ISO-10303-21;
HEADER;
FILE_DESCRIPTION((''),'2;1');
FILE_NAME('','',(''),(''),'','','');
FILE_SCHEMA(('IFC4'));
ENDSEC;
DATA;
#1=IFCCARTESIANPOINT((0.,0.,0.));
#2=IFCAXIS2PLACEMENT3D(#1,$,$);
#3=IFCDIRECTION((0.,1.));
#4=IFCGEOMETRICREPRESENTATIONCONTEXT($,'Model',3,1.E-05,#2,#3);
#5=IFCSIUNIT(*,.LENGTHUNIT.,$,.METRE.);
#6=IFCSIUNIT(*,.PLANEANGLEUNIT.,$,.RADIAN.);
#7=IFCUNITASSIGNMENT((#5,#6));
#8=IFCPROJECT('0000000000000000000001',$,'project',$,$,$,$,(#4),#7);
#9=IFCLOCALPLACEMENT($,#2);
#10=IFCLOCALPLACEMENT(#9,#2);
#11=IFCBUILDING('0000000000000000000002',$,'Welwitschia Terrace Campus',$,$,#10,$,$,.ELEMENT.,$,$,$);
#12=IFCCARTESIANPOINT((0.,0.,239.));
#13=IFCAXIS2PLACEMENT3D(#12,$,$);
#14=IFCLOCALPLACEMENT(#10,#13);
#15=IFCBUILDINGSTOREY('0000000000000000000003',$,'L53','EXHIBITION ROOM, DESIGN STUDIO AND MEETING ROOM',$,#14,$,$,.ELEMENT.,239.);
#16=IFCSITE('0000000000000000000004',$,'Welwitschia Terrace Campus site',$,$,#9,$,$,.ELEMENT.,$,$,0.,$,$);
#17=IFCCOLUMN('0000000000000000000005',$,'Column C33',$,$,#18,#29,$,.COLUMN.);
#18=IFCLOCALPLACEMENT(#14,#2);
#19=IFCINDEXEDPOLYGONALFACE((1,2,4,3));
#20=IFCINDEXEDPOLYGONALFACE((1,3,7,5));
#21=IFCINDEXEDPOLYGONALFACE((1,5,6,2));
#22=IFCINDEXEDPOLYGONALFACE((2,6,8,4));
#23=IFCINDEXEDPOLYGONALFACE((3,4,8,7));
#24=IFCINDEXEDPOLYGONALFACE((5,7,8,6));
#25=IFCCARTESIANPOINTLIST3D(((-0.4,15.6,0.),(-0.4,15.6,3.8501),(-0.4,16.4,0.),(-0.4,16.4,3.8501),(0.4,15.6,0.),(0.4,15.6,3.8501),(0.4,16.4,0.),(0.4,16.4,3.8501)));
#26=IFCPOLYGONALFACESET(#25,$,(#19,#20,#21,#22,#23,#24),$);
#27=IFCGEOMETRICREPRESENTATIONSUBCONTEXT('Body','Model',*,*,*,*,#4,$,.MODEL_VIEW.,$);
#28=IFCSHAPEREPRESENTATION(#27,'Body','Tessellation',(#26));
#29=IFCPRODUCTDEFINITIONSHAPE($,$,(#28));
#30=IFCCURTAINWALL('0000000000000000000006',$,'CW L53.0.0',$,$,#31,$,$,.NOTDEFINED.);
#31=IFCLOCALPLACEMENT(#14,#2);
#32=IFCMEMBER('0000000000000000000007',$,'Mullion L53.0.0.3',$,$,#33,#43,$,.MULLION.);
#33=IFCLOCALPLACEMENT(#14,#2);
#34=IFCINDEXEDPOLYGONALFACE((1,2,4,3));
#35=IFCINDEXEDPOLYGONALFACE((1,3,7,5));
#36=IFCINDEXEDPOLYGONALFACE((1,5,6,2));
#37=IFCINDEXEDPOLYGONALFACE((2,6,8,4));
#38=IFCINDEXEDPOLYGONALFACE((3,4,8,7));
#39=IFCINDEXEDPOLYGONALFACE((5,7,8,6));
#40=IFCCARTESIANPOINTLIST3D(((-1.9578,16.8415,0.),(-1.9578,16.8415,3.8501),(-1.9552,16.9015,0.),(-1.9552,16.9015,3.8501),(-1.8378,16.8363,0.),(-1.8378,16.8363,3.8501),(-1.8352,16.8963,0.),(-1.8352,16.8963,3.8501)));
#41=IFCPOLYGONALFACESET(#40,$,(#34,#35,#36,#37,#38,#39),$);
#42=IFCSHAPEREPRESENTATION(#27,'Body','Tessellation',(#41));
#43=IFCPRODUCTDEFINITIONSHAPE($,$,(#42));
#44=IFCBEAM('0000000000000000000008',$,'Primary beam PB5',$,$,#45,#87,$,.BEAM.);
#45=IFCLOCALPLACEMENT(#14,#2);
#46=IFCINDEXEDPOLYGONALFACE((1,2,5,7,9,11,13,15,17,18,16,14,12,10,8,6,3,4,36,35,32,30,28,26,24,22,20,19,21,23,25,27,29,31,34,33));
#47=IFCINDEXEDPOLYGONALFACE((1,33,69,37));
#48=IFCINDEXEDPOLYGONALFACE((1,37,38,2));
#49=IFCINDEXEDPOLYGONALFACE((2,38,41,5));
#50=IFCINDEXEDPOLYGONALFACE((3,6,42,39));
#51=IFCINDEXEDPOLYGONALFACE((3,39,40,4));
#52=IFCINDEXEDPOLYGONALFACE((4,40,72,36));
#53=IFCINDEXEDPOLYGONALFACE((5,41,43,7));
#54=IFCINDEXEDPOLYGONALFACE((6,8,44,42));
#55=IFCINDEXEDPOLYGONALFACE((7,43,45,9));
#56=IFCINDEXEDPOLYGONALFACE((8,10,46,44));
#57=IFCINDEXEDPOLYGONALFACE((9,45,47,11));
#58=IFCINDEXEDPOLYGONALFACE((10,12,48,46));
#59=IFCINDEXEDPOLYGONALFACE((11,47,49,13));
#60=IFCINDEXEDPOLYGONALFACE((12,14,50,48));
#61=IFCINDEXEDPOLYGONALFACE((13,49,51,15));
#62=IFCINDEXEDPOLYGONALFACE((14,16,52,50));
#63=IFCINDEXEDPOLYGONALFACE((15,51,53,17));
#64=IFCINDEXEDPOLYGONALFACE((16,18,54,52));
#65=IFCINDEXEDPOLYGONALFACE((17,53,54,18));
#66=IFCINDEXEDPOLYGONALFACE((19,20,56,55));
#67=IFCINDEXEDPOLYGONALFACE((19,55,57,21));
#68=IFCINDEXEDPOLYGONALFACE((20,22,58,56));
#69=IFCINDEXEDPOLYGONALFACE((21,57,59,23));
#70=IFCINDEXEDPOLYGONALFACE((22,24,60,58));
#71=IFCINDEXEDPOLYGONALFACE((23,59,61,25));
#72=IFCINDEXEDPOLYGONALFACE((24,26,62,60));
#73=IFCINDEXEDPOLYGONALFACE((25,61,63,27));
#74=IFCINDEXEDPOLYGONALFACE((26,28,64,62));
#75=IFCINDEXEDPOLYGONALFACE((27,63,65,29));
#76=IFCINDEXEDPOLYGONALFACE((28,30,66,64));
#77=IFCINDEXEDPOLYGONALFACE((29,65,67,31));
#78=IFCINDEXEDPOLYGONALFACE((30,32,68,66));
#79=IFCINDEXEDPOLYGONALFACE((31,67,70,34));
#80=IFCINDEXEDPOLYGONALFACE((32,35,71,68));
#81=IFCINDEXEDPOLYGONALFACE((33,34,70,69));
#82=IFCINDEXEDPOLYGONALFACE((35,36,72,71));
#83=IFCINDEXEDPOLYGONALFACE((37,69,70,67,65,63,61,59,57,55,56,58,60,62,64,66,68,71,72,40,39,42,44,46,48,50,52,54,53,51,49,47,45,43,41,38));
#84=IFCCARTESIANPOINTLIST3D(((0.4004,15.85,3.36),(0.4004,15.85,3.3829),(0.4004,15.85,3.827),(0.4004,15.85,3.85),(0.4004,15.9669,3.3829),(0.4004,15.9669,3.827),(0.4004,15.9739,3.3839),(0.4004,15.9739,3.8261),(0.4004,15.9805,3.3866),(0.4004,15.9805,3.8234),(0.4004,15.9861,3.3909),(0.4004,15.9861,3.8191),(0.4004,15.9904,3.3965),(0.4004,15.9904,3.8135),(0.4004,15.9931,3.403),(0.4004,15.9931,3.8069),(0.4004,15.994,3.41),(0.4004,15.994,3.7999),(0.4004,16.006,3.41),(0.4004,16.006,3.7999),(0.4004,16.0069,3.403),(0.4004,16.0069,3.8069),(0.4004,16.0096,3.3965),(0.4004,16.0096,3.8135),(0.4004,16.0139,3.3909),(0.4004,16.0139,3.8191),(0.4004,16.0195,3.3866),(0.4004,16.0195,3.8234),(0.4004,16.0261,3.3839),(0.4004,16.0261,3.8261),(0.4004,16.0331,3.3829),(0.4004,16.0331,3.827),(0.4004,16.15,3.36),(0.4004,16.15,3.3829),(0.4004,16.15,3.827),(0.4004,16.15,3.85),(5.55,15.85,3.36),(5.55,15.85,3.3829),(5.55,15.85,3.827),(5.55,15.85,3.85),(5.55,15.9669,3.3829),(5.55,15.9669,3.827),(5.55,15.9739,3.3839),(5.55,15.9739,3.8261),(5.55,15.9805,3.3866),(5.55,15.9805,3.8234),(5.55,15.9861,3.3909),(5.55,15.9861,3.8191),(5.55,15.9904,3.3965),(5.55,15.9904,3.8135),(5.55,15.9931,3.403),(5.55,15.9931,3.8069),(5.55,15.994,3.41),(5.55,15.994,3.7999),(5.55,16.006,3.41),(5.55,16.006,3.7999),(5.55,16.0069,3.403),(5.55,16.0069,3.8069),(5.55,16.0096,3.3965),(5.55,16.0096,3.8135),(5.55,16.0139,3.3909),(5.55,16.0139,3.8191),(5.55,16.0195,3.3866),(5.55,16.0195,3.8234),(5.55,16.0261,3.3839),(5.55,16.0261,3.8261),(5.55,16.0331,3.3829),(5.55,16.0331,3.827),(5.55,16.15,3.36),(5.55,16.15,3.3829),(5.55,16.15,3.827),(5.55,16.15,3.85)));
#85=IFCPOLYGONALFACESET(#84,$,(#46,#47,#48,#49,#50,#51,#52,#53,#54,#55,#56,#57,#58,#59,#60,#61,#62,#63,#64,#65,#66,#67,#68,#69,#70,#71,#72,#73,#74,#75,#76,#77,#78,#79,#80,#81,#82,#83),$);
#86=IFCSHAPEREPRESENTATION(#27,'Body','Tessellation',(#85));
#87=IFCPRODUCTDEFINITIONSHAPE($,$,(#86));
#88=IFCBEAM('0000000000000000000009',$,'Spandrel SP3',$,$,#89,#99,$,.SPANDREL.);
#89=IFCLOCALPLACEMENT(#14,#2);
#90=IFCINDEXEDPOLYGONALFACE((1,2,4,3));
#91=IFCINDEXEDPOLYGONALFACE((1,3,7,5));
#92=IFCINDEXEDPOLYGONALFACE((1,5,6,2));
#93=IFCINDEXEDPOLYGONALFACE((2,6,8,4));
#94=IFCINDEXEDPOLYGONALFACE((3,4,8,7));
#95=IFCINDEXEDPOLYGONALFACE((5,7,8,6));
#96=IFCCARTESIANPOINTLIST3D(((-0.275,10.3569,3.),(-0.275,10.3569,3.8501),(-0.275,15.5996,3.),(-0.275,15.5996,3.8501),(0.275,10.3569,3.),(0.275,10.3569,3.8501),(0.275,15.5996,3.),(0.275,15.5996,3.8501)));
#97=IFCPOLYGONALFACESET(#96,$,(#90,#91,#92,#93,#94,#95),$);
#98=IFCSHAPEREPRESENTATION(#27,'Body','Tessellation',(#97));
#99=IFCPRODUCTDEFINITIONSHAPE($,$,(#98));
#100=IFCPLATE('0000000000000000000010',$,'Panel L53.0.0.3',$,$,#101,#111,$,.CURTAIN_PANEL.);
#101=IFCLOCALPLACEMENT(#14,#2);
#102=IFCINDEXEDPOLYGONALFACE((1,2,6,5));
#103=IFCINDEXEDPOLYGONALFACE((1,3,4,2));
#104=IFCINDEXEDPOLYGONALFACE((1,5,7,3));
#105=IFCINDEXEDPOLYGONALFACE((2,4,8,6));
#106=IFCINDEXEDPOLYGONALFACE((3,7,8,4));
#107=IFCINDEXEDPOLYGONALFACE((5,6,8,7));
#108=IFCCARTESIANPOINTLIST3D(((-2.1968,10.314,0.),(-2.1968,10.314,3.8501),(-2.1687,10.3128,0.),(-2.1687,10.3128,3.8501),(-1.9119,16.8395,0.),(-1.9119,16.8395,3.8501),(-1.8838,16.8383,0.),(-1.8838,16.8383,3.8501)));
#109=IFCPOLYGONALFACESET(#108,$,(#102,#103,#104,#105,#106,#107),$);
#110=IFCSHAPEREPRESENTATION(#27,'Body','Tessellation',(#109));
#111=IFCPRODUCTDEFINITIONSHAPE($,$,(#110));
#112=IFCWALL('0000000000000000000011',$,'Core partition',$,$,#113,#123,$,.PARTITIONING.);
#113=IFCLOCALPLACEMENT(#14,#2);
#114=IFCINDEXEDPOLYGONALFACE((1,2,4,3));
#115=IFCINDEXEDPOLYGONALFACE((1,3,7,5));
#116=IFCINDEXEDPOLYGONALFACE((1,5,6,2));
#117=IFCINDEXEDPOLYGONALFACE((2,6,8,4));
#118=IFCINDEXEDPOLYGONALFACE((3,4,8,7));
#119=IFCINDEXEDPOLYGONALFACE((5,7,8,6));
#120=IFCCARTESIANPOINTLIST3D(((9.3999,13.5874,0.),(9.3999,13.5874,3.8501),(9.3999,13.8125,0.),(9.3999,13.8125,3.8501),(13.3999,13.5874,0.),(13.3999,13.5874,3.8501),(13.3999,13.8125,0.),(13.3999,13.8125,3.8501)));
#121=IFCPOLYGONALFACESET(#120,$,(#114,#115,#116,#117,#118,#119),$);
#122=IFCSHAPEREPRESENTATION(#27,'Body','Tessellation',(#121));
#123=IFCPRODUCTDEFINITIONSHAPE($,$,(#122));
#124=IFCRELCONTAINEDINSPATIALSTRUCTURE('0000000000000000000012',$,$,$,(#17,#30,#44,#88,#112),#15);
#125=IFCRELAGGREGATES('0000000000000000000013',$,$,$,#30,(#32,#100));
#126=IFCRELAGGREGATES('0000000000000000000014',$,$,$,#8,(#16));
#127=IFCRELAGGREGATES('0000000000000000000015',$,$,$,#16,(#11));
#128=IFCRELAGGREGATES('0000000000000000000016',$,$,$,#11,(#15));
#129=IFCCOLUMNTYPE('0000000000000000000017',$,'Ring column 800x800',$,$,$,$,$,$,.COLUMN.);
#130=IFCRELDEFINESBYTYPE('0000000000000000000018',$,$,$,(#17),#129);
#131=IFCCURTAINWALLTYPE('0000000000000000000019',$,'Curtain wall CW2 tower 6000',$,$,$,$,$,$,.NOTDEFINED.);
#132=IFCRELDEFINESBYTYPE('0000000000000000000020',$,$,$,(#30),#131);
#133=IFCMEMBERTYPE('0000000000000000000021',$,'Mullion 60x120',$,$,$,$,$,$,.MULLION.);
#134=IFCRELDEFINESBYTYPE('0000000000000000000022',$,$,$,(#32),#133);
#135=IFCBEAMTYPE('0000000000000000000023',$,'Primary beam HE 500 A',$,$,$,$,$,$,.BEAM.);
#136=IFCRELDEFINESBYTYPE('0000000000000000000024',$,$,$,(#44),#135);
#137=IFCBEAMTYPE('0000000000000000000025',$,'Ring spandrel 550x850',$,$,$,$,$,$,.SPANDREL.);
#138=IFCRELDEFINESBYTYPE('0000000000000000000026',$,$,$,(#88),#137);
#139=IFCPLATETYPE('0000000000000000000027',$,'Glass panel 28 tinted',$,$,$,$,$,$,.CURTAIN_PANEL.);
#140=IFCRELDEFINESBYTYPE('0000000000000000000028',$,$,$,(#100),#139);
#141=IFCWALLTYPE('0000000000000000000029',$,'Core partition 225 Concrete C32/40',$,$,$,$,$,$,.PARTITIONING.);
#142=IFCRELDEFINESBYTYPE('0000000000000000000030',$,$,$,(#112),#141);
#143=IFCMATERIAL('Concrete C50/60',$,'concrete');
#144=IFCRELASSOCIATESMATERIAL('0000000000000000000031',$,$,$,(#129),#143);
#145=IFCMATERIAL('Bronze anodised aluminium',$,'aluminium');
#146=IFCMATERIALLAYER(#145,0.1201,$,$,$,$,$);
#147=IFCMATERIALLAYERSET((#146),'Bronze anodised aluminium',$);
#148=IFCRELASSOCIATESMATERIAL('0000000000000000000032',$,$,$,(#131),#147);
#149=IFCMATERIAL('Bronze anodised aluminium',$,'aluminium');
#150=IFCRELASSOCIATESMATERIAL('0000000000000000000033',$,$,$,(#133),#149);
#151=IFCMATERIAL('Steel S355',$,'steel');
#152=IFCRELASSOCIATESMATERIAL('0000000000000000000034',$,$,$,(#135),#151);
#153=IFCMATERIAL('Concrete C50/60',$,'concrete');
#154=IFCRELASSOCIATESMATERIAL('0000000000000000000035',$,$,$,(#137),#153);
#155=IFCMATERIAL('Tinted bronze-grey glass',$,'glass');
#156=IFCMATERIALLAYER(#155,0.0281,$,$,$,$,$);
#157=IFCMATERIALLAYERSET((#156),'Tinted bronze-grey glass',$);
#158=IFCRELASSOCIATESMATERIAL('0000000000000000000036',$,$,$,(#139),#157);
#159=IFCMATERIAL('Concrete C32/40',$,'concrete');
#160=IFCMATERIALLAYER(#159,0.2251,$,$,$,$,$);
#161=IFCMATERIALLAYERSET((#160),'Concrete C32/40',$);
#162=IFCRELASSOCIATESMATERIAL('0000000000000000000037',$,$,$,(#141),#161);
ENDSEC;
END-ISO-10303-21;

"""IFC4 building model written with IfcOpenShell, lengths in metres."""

from ifc_helpers import new_model, si_unit, direction, frame, frame_2d, origin, origin_2d, place, context, subcontext, project, spatial, rectangle, i_section, extrude, material, layer, layer_set, material_profile, profile_set, type_object, element, aggregate, save


model = new_model("IFC4")

# Units and contexts
model_context = context("Model", 3, precision=1e-05, world=origin(), true_north=direction((0.0, 1.0)))
body_context = subcontext(model_context, "Body", "Model", "MODEL_VIEW")
ifc_project = project(units=[si_unit("LENGTHUNIT", "METRE"), si_unit("PLANEANGLEUNIT", "RADIAN")], contexts=[model_context])

# Site, building, storey
site_placement = place(None, origin())
site = spatial("IfcSite", under=ifc_project, at=site_placement, Name="Welwitschia Terrace Campus site", CompositionType="ELEMENT", RefElevation=0.0)
building_placement = place(site_placement, origin())
building = spatial("IfcBuilding", under=site, at=building_placement, Name="Welwitschia Terrace Campus", CompositionType="ELEMENT")
storey_placement = place(building_placement, frame((0.0, 0.0, 239.0)))
storey = spatial("IfcBuildingStorey", under=building, at=storey_placement, Name="L53", Description="EXHIBITION ROOM, DESIGN STUDIO AND MEETING ROOM", CompositionType="ELEMENT", Elevation=239.0)

# Column
ifc_material_1 = material(Name="Concrete C50/60", Category="concrete")
ifc_material_profile_1 = material_profile(ifc_material_1, rectangle(XDim=0.8, YDim=0.8, at=origin_2d()))
ifc_profile_set_1 = profile_set([ifc_material_profile_1], Name="Concrete C50/60")
column_type = type_object("IfcColumnType", Name="Ring column 800x800", PredefinedType="COLUMN", material=ifc_profile_set_1)
column_placement = place(storey_placement, frame((0.0, 16.0, 0.0), z_axis=(0.0, 0.0, 1.0), x_axis=(1.0, 0.0, 0.0)))
element("IfcColumn", 1, at=column_placement, inside=storey, type_object=column_type, Name="Column C33", PredefinedType="COLUMN", context=body_context, shape_type="SweptSolid", body=[
    extrude(rectangle(XDim=0.8, YDim=0.8, at=origin_2d()), origin(), (0.0, 0.0, 1.0), 3.8501),
])

# Curtain wall, member
ifc_material_2 = material(Name="Bronze anodised aluminium", Category="aluminium")
ifc_layer_1 = layer(ifc_material_2, 0.1201)
ifc_layer_set_1 = layer_set([ifc_layer_1], Name="Bronze anodised aluminium")
curtain_wall_type = type_object("IfcCurtainWallType", Name="Curtain wall CW2 tower 6000", PredefinedType="NOTDEFINED", material=ifc_layer_set_1)
curtain_wall_placement = place(storey_placement, origin())
curtain_wall = element("IfcCurtainWall", 2, at=curtain_wall_placement, inside=storey, type_object=curtain_wall_type, Name="CW L53.0.0", PredefinedType="NOTDEFINED")
ifc_material_3 = material(Name="Bronze anodised aluminium", Category="aluminium")
ifc_material_profile_2 = material_profile(ifc_material_3, rectangle(XDim=0.1201, YDim=0.0601, at=origin_2d()))
ifc_profile_set_2 = profile_set([ifc_material_profile_2], Name="Bronze anodised aluminium")
member_type = type_object("IfcMemberType", Name="Mullion 60x120", PredefinedType="MULLION", material=ifc_profile_set_2)
member_placement = place(storey_placement, frame((-1.8965, 16.8689, 0.0), z_axis=(0.0, 0.0, 1.0), x_axis=(0.999048, -0.043619, 0.0)))
member = element("IfcMember", 3, at=member_placement, type_object=member_type, Name="Mullion L53.0.0.3", PredefinedType="MULLION", context=body_context, shape_type="SweptSolid", body=[
    extrude(rectangle(XDim=0.1201, YDim=0.0601, at=origin_2d()), origin(), (0.0, 0.0, 1.0), 3.8501),
])

# Beams
ifc_material_4 = material(Name="Steel S355", Category="steel")
ifc_material_profile_3 = material_profile(ifc_material_4, i_section(OverallWidth=0.3, OverallDepth=0.49, WebThickness=0.012, FlangeThickness=0.0229, FilletRadius=0.0271, at=origin_2d()))
ifc_profile_set_3 = profile_set([ifc_material_profile_3], Name="Steel S355")
beam_type_1 = type_object("IfcBeamType", Name="Primary beam HE 500 A", PredefinedType="BEAM", material=ifc_profile_set_3)
beam_1_placement = place(storey_placement, frame((0.4004, 16.0, 3.605), z_axis=(1.0, 0.0, 0.0), x_axis=(0.0, 1.0, 0.0)))
element("IfcBeam", 4, at=beam_1_placement, inside=storey, type_object=beam_type_1, Name="Primary beam PB5", PredefinedType="BEAM", context=body_context, shape_type="SweptSolid", body=[
    extrude(i_section(OverallWidth=0.3, OverallDepth=0.49, WebThickness=0.012, FlangeThickness=0.0229, FilletRadius=0.0271, at=origin_2d()), origin(), (0.0, 0.0, 1.0), 5.1497),
])
ifc_material_5 = material(Name="Concrete C50/60", Category="concrete")
ifc_material_profile_4 = material_profile(ifc_material_5, rectangle(XDim=0.55, YDim=0.8501, at=origin_2d()))
ifc_profile_set_4 = profile_set([ifc_material_profile_4], Name="Concrete C50/60")
beam_type_2 = type_object("IfcBeamType", Name="Ring spandrel 550x850", PredefinedType="SPANDREL", material=ifc_profile_set_4)
beam_2_placement = place(storey_placement, frame((0.0, 15.5996, 3.425), z_axis=(0.0, -1.0, 0.0), x_axis=(1.0, 0.0, 0.0)))
element("IfcBeam", 5, at=beam_2_placement, inside=storey, type_object=beam_type_2, Name="Spandrel SP3", PredefinedType="SPANDREL", context=body_context, shape_type="SweptSolid", body=[
    extrude(rectangle(XDim=0.55, YDim=0.8501, at=origin_2d()), origin(), (0.0, 0.0, 1.0), 5.2427),
])

# Plate
ifc_material_6 = material(Name="Tinted bronze-grey glass", Category="glass")
ifc_layer_2 = layer(ifc_material_6, 0.0281)
ifc_layer_set_2 = layer_set([ifc_layer_2], Name="Tinted bronze-grey glass")
plate_type = type_object("IfcPlateType", Name="Glass panel 28 tinted", PredefinedType="CURTAIN_PANEL", material=ifc_layer_set_2)
plate_placement = place(storey_placement, frame((-2.0403, 13.5762, 0.0), z_axis=(0.0, 0.0, 1.0), x_axis=(-0.043619, -0.999048, 0.0)))
plate = element("IfcPlate", 6, at=plate_placement, type_object=plate_type, Name="Panel L53.0.0.3", PredefinedType="CURTAIN_PANEL", context=body_context, shape_type="SweptSolid", body=[
    extrude(rectangle(XDim=6.5317, YDim=0.0281, at=origin_2d()), origin(), (0.0, 0.0, 1.0), 3.8501),
])
aggregate(curtain_wall, [member, plate])

# Wall
ifc_material_7 = material(Name="Concrete C32/40", Category="concrete")
ifc_layer_3 = layer(ifc_material_7, 0.2251)
ifc_layer_set_3 = layer_set([ifc_layer_3], Name="Concrete C32/40")
wall_type_1 = type_object("IfcWallType", Name="Core partition 225 Concrete C32/40", PredefinedType="PARTITIONING", material=ifc_layer_set_3)
wall_1_placement = place(storey_placement, frame((9.3999, 13.7, 0.0), z_axis=(0.0, 0.0, 1.0), x_axis=(1.0, 0.0, 0.0)))
element("IfcWall", 7, at=wall_1_placement, inside=storey, type_object=wall_type_1, Name="Core partition", PredefinedType="PARTITIONING", context=body_context, shape_type="SweptSolid", body=[
    extrude(rectangle(XDim=4.0, YDim=0.2251, at=frame_2d((2.0, 0.0))), origin(), (0.0, 0.0, 1.0), 3.8501),
])

save(model, "model.ifc")
